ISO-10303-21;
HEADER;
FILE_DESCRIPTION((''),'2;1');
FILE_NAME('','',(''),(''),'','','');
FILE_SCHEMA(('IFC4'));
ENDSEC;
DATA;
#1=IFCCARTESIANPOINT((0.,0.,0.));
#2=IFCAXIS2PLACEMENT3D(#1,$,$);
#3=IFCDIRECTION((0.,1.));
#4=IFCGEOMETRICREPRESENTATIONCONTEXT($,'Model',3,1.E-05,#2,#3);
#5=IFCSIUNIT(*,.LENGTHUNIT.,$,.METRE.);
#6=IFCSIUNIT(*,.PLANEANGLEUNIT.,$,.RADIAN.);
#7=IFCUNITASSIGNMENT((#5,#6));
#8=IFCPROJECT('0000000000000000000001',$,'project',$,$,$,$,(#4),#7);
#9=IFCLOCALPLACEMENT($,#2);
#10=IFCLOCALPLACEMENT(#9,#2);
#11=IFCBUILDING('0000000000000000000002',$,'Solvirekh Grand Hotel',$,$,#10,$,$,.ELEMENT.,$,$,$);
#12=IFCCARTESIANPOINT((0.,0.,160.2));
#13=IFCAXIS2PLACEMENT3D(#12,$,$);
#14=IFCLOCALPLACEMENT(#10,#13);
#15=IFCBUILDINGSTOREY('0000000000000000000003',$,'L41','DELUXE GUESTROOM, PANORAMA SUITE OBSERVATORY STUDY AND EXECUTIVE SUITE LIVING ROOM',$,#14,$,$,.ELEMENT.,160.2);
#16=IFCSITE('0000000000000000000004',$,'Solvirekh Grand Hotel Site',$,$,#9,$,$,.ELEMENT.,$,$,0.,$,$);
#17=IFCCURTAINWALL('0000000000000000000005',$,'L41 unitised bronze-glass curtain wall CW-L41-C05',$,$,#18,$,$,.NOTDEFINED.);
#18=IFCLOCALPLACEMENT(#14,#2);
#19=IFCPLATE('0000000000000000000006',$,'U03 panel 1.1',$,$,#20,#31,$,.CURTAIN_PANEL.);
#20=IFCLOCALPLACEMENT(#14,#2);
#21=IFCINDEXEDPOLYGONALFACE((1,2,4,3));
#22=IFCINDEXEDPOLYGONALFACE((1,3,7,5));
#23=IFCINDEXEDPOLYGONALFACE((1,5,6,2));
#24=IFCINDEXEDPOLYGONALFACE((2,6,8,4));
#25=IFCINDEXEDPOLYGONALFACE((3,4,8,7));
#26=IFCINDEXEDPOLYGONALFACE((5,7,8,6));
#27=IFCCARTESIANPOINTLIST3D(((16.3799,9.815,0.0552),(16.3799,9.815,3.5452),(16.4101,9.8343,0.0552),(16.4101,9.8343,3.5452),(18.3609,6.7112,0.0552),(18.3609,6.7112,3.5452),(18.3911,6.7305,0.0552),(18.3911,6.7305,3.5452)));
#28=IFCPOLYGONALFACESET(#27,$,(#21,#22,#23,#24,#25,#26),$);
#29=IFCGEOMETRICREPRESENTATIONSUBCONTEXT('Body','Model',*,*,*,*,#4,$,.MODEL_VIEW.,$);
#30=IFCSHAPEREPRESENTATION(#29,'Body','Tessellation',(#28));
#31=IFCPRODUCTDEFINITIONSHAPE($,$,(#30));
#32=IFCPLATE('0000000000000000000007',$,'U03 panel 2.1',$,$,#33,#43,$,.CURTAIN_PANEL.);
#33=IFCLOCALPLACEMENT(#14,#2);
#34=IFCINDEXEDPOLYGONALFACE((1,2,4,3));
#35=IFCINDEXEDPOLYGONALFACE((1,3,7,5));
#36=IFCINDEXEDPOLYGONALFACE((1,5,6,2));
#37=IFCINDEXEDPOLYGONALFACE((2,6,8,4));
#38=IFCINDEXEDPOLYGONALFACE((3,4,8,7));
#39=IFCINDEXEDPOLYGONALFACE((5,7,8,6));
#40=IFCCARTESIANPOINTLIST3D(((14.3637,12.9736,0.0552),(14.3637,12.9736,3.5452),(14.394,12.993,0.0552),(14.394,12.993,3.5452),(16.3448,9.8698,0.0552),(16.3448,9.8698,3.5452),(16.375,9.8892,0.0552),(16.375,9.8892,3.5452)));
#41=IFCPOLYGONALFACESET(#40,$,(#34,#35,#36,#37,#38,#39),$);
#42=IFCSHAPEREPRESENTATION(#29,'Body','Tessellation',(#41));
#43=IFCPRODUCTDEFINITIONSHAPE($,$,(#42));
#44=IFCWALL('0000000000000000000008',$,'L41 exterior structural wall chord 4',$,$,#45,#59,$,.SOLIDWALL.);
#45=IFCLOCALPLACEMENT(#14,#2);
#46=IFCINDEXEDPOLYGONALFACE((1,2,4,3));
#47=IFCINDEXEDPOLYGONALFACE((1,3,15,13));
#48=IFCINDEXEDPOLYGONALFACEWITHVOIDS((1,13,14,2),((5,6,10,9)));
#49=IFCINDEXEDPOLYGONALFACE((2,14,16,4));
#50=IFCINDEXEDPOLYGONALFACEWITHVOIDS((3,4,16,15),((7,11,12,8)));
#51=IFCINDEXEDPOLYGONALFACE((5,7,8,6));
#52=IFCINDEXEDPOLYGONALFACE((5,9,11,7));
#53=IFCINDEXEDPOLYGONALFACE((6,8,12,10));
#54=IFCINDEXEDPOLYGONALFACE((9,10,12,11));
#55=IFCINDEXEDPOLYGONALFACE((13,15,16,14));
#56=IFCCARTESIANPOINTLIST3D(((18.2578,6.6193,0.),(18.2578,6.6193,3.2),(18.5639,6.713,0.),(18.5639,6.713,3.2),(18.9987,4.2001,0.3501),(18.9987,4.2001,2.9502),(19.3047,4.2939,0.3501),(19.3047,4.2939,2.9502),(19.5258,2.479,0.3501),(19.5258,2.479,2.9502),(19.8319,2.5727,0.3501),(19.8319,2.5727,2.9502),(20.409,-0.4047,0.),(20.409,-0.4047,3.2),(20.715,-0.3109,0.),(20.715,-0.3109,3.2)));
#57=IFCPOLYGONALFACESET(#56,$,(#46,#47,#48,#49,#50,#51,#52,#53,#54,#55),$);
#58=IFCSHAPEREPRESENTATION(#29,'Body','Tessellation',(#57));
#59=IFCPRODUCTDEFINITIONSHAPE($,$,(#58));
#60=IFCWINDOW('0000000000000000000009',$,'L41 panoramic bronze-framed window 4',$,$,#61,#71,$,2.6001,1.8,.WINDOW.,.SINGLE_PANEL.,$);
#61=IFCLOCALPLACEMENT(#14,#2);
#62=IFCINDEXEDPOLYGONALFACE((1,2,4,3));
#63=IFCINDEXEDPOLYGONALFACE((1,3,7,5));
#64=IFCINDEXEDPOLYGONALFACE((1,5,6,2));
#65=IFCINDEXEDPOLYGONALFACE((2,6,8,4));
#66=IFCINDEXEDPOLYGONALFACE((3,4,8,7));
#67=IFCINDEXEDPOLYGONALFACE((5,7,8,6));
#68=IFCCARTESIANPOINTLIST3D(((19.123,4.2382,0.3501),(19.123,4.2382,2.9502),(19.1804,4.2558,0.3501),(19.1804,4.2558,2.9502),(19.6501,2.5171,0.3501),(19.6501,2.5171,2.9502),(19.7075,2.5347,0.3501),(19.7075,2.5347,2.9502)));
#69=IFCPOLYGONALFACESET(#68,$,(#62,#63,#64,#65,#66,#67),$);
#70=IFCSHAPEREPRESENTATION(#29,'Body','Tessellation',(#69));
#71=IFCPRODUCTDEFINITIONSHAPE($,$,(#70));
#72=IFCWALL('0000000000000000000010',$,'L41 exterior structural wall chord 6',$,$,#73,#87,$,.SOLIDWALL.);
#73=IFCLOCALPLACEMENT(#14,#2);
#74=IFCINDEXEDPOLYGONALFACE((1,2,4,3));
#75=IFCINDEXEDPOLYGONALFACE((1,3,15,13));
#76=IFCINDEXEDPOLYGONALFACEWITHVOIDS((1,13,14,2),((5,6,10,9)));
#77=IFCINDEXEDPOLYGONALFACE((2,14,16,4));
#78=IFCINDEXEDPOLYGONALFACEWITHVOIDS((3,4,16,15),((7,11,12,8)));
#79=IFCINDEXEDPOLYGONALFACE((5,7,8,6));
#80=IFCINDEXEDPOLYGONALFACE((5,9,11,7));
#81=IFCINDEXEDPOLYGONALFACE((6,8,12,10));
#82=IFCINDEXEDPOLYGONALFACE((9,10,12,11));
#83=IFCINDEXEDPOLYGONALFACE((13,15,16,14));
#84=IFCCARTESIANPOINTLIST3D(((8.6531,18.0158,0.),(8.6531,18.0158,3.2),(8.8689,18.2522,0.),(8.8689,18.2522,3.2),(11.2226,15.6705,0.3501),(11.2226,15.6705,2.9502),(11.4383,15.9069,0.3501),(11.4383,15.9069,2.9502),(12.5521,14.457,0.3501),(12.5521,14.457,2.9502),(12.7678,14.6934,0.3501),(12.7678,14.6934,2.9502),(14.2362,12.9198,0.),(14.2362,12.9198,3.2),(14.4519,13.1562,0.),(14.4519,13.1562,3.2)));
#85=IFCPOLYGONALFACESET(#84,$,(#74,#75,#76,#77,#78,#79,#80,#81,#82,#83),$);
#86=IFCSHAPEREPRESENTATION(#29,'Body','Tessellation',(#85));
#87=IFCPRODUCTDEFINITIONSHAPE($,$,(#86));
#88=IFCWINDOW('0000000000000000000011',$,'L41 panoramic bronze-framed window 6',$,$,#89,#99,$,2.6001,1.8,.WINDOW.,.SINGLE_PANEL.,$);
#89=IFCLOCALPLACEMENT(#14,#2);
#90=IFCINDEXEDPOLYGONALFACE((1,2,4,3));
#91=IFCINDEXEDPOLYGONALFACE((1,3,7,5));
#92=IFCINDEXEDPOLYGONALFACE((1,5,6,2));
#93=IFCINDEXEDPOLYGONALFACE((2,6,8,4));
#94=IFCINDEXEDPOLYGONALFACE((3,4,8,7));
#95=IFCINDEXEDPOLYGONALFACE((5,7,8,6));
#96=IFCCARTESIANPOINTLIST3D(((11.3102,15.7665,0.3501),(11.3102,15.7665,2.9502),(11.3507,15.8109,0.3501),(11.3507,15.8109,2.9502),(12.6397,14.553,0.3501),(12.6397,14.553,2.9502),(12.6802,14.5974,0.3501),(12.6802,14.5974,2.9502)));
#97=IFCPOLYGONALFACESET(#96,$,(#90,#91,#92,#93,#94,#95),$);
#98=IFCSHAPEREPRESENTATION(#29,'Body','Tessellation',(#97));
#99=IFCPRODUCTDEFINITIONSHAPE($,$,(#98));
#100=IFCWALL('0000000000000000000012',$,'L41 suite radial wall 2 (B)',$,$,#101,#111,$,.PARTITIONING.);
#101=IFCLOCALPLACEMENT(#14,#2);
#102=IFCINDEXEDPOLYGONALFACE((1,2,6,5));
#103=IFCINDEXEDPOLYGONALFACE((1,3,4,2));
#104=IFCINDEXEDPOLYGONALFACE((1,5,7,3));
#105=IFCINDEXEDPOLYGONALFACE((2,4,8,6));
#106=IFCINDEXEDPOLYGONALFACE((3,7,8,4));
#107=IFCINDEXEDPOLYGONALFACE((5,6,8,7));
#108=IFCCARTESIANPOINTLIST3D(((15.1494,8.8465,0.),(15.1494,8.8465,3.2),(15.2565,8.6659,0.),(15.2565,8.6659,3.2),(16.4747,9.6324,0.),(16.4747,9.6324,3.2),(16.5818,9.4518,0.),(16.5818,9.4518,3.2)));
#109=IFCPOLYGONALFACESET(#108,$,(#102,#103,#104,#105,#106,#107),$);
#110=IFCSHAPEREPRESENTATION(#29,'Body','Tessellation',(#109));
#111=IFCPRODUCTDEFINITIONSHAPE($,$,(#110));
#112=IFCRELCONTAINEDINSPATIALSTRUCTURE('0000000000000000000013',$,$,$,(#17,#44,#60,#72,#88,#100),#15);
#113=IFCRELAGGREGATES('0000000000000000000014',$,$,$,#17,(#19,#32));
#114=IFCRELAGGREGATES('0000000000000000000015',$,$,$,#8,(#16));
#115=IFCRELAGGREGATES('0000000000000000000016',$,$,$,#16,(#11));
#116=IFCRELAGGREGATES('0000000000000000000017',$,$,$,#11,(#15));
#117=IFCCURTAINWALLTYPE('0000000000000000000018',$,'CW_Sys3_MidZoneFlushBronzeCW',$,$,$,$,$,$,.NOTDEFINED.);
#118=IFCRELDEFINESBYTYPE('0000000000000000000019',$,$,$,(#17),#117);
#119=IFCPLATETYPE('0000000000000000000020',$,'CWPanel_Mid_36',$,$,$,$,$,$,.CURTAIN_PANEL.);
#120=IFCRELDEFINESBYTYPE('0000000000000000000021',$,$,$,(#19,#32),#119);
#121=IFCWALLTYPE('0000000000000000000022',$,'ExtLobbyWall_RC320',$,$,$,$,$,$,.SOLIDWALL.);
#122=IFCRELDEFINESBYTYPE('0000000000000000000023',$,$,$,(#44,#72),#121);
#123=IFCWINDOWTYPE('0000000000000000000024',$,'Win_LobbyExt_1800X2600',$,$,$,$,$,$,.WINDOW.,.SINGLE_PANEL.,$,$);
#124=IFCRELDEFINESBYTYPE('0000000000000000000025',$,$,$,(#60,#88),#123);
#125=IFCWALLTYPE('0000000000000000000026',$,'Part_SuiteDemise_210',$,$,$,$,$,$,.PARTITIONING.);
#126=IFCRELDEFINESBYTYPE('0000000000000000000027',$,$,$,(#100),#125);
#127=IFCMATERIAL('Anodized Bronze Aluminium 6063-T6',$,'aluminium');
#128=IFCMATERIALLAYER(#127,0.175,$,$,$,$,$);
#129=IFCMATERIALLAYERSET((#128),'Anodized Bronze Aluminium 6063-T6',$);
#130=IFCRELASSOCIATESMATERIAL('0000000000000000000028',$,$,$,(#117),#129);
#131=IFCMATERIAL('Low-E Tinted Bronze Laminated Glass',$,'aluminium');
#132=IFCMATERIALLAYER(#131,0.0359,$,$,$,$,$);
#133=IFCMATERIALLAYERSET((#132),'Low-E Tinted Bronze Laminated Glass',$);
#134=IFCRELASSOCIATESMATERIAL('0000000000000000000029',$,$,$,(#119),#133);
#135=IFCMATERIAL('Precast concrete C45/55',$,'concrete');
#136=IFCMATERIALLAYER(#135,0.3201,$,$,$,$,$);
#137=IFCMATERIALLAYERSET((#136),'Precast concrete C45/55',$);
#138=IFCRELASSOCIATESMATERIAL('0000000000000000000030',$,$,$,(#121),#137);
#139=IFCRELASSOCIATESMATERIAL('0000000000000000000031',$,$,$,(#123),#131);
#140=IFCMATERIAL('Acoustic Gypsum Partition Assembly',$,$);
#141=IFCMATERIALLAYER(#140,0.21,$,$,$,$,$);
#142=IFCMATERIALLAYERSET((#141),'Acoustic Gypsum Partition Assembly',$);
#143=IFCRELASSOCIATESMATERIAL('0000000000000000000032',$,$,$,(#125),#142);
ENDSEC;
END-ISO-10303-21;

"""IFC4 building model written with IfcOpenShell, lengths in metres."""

from ifc_helpers import new_model, si_unit, direction, frame, frame_2d, origin, origin_2d, place, context, subcontext, project, spatial, rectangle, extrude, source, transform, mapped, material, layer, layer_set, type_object, element, fill, aggregate, save


model = new_model("IFC4")

# Units and contexts
model_context = context("Model", 3, precision=1e-05, world=origin(), true_north=direction((0.0, 1.0)))
body_context = subcontext(model_context, "Body", "Model", "MODEL_VIEW")
ifc_project = project(units=[si_unit("LENGTHUNIT", "METRE"), si_unit("PLANEANGLEUNIT", "RADIAN")], contexts=[model_context])

# Site, building, storey
site_placement = place(None, origin())
site = spatial("IfcSite", under=ifc_project, at=site_placement, Name="Solvirekh Grand Hotel Site", CompositionType="ELEMENT", RefElevation=0.0)
building_placement = place(site_placement, origin())
building = spatial("IfcBuilding", under=site, at=building_placement, Name="Solvirekh Grand Hotel", CompositionType="ELEMENT")
storey_placement = place(building_placement, frame((0.0, 0.0, 160.2)))
storey = spatial("IfcBuildingStorey", under=building, at=storey_placement, Name="L41", Description="DELUXE GUESTROOM, PANORAMA SUITE OBSERVATORY STUDY AND EXECUTIVE SUITE LIVING ROOM", CompositionType="ELEMENT", Elevation=160.2)

# Curtain wall, plates
ifc_material_1 = material(Name="Anodized Bronze Aluminium 6063-T6", Category="aluminium")
ifc_layer_1 = layer(ifc_material_1, 0.175)
ifc_layer_set_1 = layer_set([ifc_layer_1], Name="Anodized Bronze Aluminium 6063-T6")
curtain_wall_type = type_object("IfcCurtainWallType", Name="CW_Sys3_MidZoneFlushBronzeCW", PredefinedType="NOTDEFINED", material=ifc_layer_set_1)
curtain_wall_placement = place(storey_placement, origin())
curtain_wall = element("IfcCurtainWall", 1, at=curtain_wall_placement, inside=storey, type_object=curtain_wall_type, Name="L41 unitised bronze-glass curtain wall CW-L41-C05", PredefinedType="NOTDEFINED")
ifc_material_2 = material(Name="Low-E Tinted Bronze Laminated Glass", Category="aluminium")
ifc_layer_2 = layer(ifc_material_2, 0.0359)
ifc_layer_set_2 = layer_set([ifc_layer_2], Name="Low-E Tinted Bronze Laminated Glass")
plate_type = type_object("IfcPlateType", Name="CWPanel_Mid_36", PredefinedType="CURTAIN_PANEL", material=ifc_layer_set_2)
shared_shape_1 = source(origin(), body_context, "Body", "SweptSolid", [
    extrude(rectangle(XDim=3.6821, YDim=0.0359, at=origin_2d()), origin(), (0.0, 0.0, 1.0), 3.49),
])
plate_1_placement = place(storey_placement, frame((17.3855, 8.2727, 0.0552), z_axis=(0.0, 0.0, 1.0), x_axis=(-0.538013, 0.842936, 0.0)))
plate_1 = element("IfcPlate", 2, at=plate_1_placement, type_object=plate_type, Name="U03 panel 1.1", PredefinedType="CURTAIN_PANEL", context=body_context, shape_type="MappedRepresentation", body=[
    mapped(shared_shape_1, transform((0.0, 0.0, 0.0), x_axis=(1.0, 0.0, 0.0), y_axis=(0.0, 1.0, 0.0), z_axis=(0.0, 0.0, 1.0), scale=1.0)),
])
plate_2_placement = place(storey_placement, frame((15.3694, 11.4314, 0.0552), z_axis=(0.0, 0.0, 1.0), x_axis=(-0.538013, 0.842936, 0.0)))
plate_2 = element("IfcPlate", 3, at=plate_2_placement, type_object=plate_type, Name="U03 panel 2.1", PredefinedType="CURTAIN_PANEL", context=body_context, shape_type="MappedRepresentation", body=[
    mapped(shared_shape_1, transform((0.0, 0.0, 0.0), x_axis=(1.0, 0.0, 0.0), y_axis=(0.0, 1.0, 0.0), z_axis=(0.0, 0.0, 1.0), scale=1.0)),
])
aggregate(curtain_wall, [plate_1, plate_2])

# Walls, openings, windows
ifc_material_3 = material(Name="Precast concrete C45/55", Category="concrete")
ifc_layer_3 = layer(ifc_material_3, 0.3201)
ifc_layer_set_3 = layer_set([ifc_layer_3], Name="Precast concrete C45/55")
wall_type_1 = type_object("IfcWallType", Name="ExtLobbyWall_RC320", PredefinedType="SOLIDWALL", material=ifc_layer_set_3)
wall_1_placement = place(storey_placement, frame((18.4109, 6.666, 0.0), z_axis=(0.0, 0.0, 1.0), x_axis=(0.292831, -0.956164, 0.0)))
wall_1 = element("IfcWall", 4, at=wall_1_placement, inside=storey, type_object=wall_type_1, Name="L41 exterior structural wall chord 4", PredefinedType="SOLIDWALL", context=body_context, shape_type="SweptSolid", body=[
    extrude(rectangle(XDim=7.3459, YDim=0.3201, at=frame_2d((3.6729, 0.0))), origin(), (0.0, 0.0, 1.0), 3.2),
])
opening_1_placement = place(wall_1_placement, frame((2.53, 0.0, 0.3501)))
opening_1 = element("IfcOpeningElement", 5, at=opening_1_placement, cuts=wall_1, PredefinedType="OPENING", context=body_context, shape_type="SweptSolid", body=[
    extrude(rectangle(XDim=1.8, YDim=2.6001, at=frame_2d((0.8999, 1.3))), frame((0.0, 0.1699, 0.0), z_axis=(0.0, -1.0, 0.0), x_axis=(1.0, 0.0, 0.0)), (0.0, 0.0, 1.0), 0.3401),
])
window_type = type_object("IfcWindowType", Name="Win_LobbyExt_1800X2600", PartitioningType="SINGLE_PANEL", PredefinedType="WINDOW", material=ifc_material_2)
window_1_placement = place(opening_1_placement, origin())
window_1 = element("IfcWindow", 6, at=window_1_placement, inside=storey, type_object=window_type, Name="L41 panoramic bronze-framed window 4", OverallHeight=2.6001, OverallWidth=1.8, PartitioningType="SINGLE_PANEL", PredefinedType="WINDOW", context=body_context, shape_type="SweptSolid", body=[
    extrude(rectangle(XDim=1.8, YDim=2.6001, at=frame_2d((0.8999, 1.3))), frame((0.0, 0.03, 0.0), z_axis=(0.0, -1.0, 0.0), x_axis=(1.0, 0.0, 0.0)), (0.0, 0.0, 1.0), 0.0601),
])
fill(opening_1, window_1)
wall_2_placement = place(storey_placement, frame((8.761, 18.134, 0.0), z_axis=(0.0, 0.0, 1.0), x_axis=(0.73859, -0.674155, 0.0)))
wall_2 = element("IfcWall", 7, at=wall_2_placement, inside=storey, type_object=wall_type_1, Name="L41 exterior structural wall chord 6", PredefinedType="SOLIDWALL", context=body_context, shape_type="SweptSolid", body=[
    extrude(rectangle(XDim=7.5591, YDim=0.3201, at=frame_2d((3.7795, 0.0))), origin(), (0.0, 0.0, 1.0), 3.2),
])
opening_2_placement = place(wall_2_placement, frame((3.479, 0.0, 0.3501)))
opening_2 = element("IfcOpeningElement", 8, at=opening_2_placement, cuts=wall_2, PredefinedType="OPENING", context=body_context, shape_type="SweptSolid", body=[
    extrude(rectangle(XDim=1.8, YDim=2.6001, at=frame_2d((0.8999, 1.3))), frame((0.0, 0.1699, 0.0), z_axis=(0.0, -1.0, 0.0), x_axis=(1.0, 0.0, 0.0)), (0.0, 0.0, 1.0), 0.3401),
])
window_2_placement = place(opening_2_placement, origin())
window_2 = element("IfcWindow", 9, at=window_2_placement, inside=storey, type_object=window_type, Name="L41 panoramic bronze-framed window 6", OverallHeight=2.6001, OverallWidth=1.8, PartitioningType="SINGLE_PANEL", PredefinedType="WINDOW", context=body_context, shape_type="SweptSolid", body=[
    extrude(rectangle(XDim=1.8, YDim=2.6001, at=frame_2d((0.8999, 1.3))), frame((0.0, 0.03, 0.0), z_axis=(0.0, -1.0, 0.0), x_axis=(1.0, 0.0, 0.0)), (0.0, 0.0, 1.0), 0.0601),
])
fill(opening_2, window_2)

# Wall
ifc_material_4 = material(Name="Acoustic Gypsum Partition Assembly")
ifc_layer_4 = layer(ifc_material_4, 0.21)
ifc_layer_set_4 = layer_set([ifc_layer_4], Name="Acoustic Gypsum Partition Assembly")
wall_type_2 = type_object("IfcWallType", Name="Part_SuiteDemise_210", PredefinedType="PARTITIONING", material=ifc_layer_set_4)
wall_3_placement = place(storey_placement, frame((15.2029, 8.7561, 0.0), z_axis=(0.0, 0.0, 1.0), x_axis=(0.860124, 0.510085, 0.0)))
element("IfcWall", 10, at=wall_3_placement, inside=storey, type_object=wall_type_2, Name="L41 suite radial wall 2 (B)", PredefinedType="PARTITIONING", context=body_context, shape_type="SweptSolid", body=[
    extrude(rectangle(XDim=1.5408, YDim=0.21, at=frame_2d((0.7705, 0.0))), origin(), (0.0, 0.0, 1.0), 3.2),
])

save(model, "model.ifc")
